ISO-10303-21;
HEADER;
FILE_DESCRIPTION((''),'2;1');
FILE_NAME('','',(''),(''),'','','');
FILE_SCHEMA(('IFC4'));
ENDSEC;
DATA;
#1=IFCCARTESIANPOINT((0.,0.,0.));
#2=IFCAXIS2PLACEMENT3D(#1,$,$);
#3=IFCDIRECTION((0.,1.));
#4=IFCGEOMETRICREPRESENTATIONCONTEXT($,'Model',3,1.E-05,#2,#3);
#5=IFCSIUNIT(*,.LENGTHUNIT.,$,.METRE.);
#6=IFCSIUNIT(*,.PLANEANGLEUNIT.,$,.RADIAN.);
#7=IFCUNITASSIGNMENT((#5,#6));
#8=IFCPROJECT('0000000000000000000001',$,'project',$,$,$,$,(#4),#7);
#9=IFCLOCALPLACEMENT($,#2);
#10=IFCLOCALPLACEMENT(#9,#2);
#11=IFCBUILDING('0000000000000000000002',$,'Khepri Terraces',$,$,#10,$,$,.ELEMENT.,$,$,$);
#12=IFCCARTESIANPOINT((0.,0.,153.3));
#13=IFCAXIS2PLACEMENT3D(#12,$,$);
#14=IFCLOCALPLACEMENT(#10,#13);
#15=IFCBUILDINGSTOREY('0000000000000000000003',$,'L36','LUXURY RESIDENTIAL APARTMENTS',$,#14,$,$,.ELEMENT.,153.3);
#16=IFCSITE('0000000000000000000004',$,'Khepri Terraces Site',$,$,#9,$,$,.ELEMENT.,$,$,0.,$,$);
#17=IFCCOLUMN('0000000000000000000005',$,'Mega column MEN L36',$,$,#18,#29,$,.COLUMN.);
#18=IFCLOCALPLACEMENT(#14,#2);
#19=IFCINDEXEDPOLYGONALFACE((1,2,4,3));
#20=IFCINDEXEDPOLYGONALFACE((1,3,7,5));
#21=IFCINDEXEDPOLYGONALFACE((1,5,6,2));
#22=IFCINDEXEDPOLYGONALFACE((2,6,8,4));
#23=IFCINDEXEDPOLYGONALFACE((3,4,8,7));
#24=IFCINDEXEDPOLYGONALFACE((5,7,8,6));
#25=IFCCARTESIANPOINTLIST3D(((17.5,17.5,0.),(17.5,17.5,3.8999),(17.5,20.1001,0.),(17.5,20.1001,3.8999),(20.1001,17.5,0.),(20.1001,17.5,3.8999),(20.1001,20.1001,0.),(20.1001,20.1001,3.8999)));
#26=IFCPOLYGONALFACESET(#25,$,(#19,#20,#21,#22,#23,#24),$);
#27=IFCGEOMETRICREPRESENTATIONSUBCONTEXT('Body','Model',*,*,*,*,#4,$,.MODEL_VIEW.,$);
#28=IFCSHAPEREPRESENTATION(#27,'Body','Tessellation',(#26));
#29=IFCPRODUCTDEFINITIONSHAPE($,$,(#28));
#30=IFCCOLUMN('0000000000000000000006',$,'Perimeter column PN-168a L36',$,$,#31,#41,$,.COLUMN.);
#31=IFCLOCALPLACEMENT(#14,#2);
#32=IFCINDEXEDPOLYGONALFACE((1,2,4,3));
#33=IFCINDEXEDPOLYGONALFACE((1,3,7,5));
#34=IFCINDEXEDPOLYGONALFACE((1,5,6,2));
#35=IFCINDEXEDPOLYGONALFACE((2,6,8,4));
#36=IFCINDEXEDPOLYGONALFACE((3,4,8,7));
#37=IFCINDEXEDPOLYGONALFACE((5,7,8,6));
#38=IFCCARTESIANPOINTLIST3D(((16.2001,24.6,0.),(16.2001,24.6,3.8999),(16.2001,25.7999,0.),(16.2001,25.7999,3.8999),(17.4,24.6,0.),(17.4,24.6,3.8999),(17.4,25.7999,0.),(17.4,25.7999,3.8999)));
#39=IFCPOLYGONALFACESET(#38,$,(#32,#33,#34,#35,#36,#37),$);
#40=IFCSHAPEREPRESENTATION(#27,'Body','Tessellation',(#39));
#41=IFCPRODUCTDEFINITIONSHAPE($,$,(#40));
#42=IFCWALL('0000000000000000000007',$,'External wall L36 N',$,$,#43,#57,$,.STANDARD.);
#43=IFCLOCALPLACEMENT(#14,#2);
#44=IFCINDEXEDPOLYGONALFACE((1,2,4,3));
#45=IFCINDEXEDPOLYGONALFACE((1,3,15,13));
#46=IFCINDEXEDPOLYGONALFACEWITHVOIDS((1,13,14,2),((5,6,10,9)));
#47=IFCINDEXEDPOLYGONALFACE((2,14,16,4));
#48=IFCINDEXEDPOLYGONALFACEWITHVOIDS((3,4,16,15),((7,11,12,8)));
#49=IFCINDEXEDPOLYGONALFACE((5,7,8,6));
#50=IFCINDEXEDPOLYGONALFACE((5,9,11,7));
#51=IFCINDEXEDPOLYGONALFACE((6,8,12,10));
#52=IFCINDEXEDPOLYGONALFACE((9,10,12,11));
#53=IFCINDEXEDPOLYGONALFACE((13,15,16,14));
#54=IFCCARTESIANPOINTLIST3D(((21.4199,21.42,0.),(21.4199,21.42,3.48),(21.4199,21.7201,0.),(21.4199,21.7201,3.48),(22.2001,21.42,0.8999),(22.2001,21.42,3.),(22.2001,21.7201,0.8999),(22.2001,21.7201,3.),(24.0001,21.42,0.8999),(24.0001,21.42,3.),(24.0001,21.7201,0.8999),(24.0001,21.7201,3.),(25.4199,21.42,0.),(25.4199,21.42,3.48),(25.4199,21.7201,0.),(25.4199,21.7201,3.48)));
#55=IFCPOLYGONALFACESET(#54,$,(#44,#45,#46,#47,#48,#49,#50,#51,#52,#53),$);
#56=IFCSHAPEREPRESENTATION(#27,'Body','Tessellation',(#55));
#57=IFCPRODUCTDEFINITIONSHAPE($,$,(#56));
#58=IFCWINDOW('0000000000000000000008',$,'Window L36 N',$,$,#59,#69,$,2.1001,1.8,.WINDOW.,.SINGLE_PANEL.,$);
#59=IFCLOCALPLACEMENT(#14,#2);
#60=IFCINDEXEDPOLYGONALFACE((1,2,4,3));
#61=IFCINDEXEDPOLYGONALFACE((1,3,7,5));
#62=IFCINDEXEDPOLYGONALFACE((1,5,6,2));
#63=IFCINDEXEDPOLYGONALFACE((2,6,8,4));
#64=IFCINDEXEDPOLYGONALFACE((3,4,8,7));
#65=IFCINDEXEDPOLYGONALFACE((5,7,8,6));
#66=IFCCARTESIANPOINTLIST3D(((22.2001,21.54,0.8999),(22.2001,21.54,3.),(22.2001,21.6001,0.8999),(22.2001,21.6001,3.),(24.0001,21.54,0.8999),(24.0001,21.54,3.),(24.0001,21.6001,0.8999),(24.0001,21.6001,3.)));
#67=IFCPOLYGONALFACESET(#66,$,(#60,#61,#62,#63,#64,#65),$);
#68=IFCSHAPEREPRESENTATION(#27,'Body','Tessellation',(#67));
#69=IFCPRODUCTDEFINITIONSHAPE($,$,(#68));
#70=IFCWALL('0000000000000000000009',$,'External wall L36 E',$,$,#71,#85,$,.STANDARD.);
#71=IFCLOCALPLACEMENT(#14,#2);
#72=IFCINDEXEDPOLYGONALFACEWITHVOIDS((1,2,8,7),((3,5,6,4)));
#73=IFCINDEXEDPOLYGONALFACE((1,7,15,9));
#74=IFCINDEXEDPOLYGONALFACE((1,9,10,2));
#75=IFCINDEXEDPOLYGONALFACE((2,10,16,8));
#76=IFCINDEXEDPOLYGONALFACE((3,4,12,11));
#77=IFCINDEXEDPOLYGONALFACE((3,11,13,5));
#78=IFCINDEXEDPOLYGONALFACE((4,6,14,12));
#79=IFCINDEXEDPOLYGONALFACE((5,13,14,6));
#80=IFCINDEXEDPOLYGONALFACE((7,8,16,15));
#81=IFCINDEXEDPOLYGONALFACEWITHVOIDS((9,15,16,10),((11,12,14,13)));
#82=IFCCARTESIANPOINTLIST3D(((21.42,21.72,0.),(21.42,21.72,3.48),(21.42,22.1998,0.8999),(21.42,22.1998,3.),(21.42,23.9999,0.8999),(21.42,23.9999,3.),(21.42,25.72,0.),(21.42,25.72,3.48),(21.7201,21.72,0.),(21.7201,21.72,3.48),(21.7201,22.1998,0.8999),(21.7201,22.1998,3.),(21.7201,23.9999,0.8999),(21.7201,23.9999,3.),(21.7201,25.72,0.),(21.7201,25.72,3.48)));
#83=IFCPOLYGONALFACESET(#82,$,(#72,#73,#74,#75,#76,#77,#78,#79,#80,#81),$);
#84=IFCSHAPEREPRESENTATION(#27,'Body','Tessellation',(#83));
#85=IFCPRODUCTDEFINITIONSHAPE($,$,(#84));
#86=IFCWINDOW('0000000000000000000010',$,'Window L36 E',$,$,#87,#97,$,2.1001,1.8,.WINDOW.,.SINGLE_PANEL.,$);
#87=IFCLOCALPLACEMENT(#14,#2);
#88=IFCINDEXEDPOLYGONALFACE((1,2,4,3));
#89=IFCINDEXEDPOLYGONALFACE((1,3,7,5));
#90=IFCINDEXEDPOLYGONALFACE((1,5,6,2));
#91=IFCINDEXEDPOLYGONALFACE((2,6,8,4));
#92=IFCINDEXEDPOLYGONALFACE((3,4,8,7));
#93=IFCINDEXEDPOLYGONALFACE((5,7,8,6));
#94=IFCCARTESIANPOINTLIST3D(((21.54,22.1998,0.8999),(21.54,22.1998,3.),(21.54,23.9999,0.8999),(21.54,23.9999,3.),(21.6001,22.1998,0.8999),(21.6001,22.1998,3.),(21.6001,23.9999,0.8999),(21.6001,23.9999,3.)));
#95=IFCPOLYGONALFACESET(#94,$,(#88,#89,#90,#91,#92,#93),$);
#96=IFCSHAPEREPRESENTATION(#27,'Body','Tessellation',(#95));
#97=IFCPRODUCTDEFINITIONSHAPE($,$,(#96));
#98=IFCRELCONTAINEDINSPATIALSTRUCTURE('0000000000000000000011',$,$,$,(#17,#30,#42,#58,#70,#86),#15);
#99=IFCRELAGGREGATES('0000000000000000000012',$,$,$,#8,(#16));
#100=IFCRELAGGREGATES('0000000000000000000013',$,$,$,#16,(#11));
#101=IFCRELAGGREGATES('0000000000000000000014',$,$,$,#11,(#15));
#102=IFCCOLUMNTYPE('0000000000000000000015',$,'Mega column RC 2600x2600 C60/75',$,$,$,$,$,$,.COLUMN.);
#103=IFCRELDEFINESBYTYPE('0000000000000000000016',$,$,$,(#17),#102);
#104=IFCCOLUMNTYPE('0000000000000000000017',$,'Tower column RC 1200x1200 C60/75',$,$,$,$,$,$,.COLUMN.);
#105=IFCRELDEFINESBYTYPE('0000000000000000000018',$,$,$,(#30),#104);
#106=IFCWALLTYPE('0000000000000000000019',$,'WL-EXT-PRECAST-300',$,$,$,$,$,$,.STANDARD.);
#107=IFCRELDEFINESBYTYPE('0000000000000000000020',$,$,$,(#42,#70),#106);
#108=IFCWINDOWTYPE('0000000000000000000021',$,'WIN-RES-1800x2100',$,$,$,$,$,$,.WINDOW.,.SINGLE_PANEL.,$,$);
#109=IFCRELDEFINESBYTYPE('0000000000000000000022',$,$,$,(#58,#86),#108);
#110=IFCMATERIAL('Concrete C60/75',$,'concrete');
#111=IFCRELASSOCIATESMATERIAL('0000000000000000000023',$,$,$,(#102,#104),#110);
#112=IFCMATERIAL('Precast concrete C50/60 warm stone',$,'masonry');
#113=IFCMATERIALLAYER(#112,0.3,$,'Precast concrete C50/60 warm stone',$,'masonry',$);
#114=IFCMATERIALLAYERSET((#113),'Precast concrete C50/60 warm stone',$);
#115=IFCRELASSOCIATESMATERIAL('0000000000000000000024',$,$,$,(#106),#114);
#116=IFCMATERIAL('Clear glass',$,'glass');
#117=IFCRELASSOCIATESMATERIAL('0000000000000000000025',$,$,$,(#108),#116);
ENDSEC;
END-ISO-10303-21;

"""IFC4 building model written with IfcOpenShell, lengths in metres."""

from ifc_helpers import new_model, si_unit, direction, frame, frame_2d, origin, origin_2d, place, context, subcontext, project, spatial, rectangle, extrude, material, layer, layer_set, material_profile, profile_set, type_object, element, fill, save


model = new_model("IFC4")

# Units and contexts
model_context = context("Model", 3, precision=1e-05, world=origin(), true_north=direction((0.0, 1.0)))
body_context = subcontext(model_context, "Body", "Model", "MODEL_VIEW")
ifc_project = project(units=[si_unit("LENGTHUNIT", "METRE"), si_unit("PLANEANGLEUNIT", "RADIAN")], contexts=[model_context])

# Site, building, storey
site_placement = place(None, origin())
site = spatial("IfcSite", under=ifc_project, at=site_placement, Name="Khepri Terraces Site", CompositionType="ELEMENT", RefElevation=0.0)
building_placement = place(site_placement, origin())
building = spatial("IfcBuilding", under=site, at=building_placement, Name="Khepri Terraces", CompositionType="ELEMENT")
storey_placement = place(building_placement, frame((0.0, 0.0, 153.3)))
storey = spatial("IfcBuildingStorey", under=building, at=storey_placement, Name="L36", Description="LUXURY RESIDENTIAL APARTMENTS", CompositionType="ELEMENT", Elevation=153.3)

# Columns
ifc_material_1 = material(Name="Concrete C60/75", Category="concrete")
ifc_material_profile_1 = material_profile(ifc_material_1, rectangle(XDim=2.6001, YDim=2.6001, at=origin_2d()), Name="Concrete C60/75", Category="concrete")
ifc_profile_set_1 = profile_set([ifc_material_profile_1], Name="Concrete C60/75")
column_type_1 = type_object("IfcColumnType", Name="Mega column RC 2600x2600 C60/75", PredefinedType="COLUMN", material=ifc_profile_set_1)
column_1_placement = place(storey_placement, frame((18.8, 18.8, 0.0), z_axis=(0.0, 0.0, 1.0), x_axis=(1.0, 0.0, 0.0)))
element("IfcColumn", 1, at=column_1_placement, inside=storey, type_object=column_type_1, Name="Mega column MEN L36", PredefinedType="COLUMN", context=body_context, shape_type="SweptSolid", body=[
    extrude(rectangle(XDim=2.6001, YDim=2.6001, at=origin_2d()), origin(), (0.0, 0.0, 1.0), 3.8999),
])
ifc_material_profile_2 = material_profile(ifc_material_1, rectangle(XDim=1.2, YDim=1.2, at=origin_2d()), Name="Concrete C60/75", Category="concrete")
ifc_profile_set_2 = profile_set([ifc_material_profile_2], Name="Concrete C60/75")
column_type_2 = type_object("IfcColumnType", Name="Tower column RC 1200x1200 C60/75", PredefinedType="COLUMN", material=ifc_profile_set_2)
column_2_placement = place(storey_placement, frame((16.8, 25.2, 0.0), z_axis=(0.0, 0.0, 1.0), x_axis=(1.0, 0.0, 0.0)))
element("IfcColumn", 2, at=column_2_placement, inside=storey, type_object=column_type_2, Name="Perimeter column PN-168a L36", PredefinedType="COLUMN", context=body_context, shape_type="SweptSolid", body=[
    extrude(rectangle(XDim=1.2, YDim=1.2, at=origin_2d()), origin(), (0.0, 0.0, 1.0), 3.8999),
])

# Walls, openings, windows
ifc_material_2 = material(Name="Precast concrete C50/60 warm stone", Category="masonry")
ifc_layer = layer(ifc_material_2, 0.3, Name="Precast concrete C50/60 warm stone", Category="masonry")
ifc_layer_set = layer_set([ifc_layer], Name="Precast concrete C50/60 warm stone")
wall_type = type_object("IfcWallType", Name="WL-EXT-PRECAST-300", PredefinedType="STANDARD", material=ifc_layer_set)
wall_1_placement = place(storey_placement, frame((25.4199, 21.5701, 0.0), z_axis=(0.0, 0.0, 1.0), x_axis=(-1.0, 0.0, 0.0)))
wall_1 = element("IfcWall", 3, at=wall_1_placement, inside=storey, type_object=wall_type, Name="External wall L36 N", PredefinedType="STANDARD", context=body_context, shape_type="SweptSolid", body=[
    extrude(rectangle(XDim=4.0, YDim=0.3, at=frame_2d((2.0, 0.0))), origin(), (0.0, 0.0, 1.0), 3.48),
])
opening_1_placement = place(wall_1_placement, frame((1.4199, 0.0, 0.8999)))
opening_1 = element("IfcOpeningElement", 4, at=opening_1_placement, cuts=wall_1, PredefinedType="OPENING", context=body_context, shape_type="SweptSolid", body=[
    extrude(rectangle(XDim=1.8, YDim=2.1001, at=frame_2d((0.8999, 1.05))), frame((0.0, 0.1602, 0.0), z_axis=(0.0, -1.0, 0.0), x_axis=(1.0, 0.0, 0.0)), (0.0, 0.0, 1.0), 0.3201),
])
ifc_material_3 = material(Name="Clear glass", Category="glass")
window_type = type_object("IfcWindowType", Name="WIN-RES-1800x2100", PartitioningType="SINGLE_PANEL", PredefinedType="WINDOW", material=ifc_material_3)
window_1_placement = place(opening_1_placement, origin())
window_1 = element("IfcWindow", 5, at=window_1_placement, inside=storey, type_object=window_type, Name="Window L36 N", OverallHeight=2.1001, OverallWidth=1.8, PartitioningType="SINGLE_PANEL", PredefinedType="WINDOW", context=body_context, shape_type="SweptSolid", body=[
    extrude(rectangle(XDim=1.8, YDim=2.1001, at=frame_2d((0.8999, 1.05))), frame((0.0, 0.03, 0.0), z_axis=(0.0, -1.0, 0.0), x_axis=(1.0, 0.0, 0.0)), (0.0, 0.0, 1.0), 0.0601),
])
fill(opening_1, window_1)
wall_2_placement = place(storey_placement, frame((21.5701, 21.72, 0.0), z_axis=(0.0, 0.0, 1.0), x_axis=(0.0, 1.0, 0.0)))
wall_2 = element("IfcWall", 6, at=wall_2_placement, inside=storey, type_object=wall_type, Name="External wall L36 E", PredefinedType="STANDARD", context=body_context, shape_type="SweptSolid", body=[
    extrude(rectangle(XDim=4.0, YDim=0.3, at=frame_2d((2.0, 0.0))), origin(), (0.0, 0.0, 1.0), 3.48),
])
opening_2_placement = place(wall_2_placement, frame((0.48, 0.0, 0.8999)))
opening_2 = element("IfcOpeningElement", 7, at=opening_2_placement, cuts=wall_2, PredefinedType="OPENING", context=body_context, shape_type="SweptSolid", body=[
    extrude(rectangle(XDim=1.8, YDim=2.1001, at=frame_2d((0.8999, 1.05))), frame((0.0, 0.1602, 0.0), z_axis=(0.0, -1.0, 0.0), x_axis=(1.0, 0.0, 0.0)), (0.0, 0.0, 1.0), 0.3201),
])
window_2_placement = place(opening_2_placement, origin())
window_2 = element("IfcWindow", 8, at=window_2_placement, inside=storey, type_object=window_type, Name="Window L36 E", OverallHeight=2.1001, OverallWidth=1.8, PartitioningType="SINGLE_PANEL", PredefinedType="WINDOW", context=body_context, shape_type="SweptSolid", body=[
    extrude(rectangle(XDim=1.8, YDim=2.1001, at=frame_2d((0.8999, 1.05))), frame((0.0, 0.03, 0.0), z_axis=(0.0, -1.0, 0.0), x_axis=(1.0, 0.0, 0.0)), (0.0, 0.0, 1.0), 0.0601),
])
fill(opening_2, window_2)

save(model, "model.ifc")
